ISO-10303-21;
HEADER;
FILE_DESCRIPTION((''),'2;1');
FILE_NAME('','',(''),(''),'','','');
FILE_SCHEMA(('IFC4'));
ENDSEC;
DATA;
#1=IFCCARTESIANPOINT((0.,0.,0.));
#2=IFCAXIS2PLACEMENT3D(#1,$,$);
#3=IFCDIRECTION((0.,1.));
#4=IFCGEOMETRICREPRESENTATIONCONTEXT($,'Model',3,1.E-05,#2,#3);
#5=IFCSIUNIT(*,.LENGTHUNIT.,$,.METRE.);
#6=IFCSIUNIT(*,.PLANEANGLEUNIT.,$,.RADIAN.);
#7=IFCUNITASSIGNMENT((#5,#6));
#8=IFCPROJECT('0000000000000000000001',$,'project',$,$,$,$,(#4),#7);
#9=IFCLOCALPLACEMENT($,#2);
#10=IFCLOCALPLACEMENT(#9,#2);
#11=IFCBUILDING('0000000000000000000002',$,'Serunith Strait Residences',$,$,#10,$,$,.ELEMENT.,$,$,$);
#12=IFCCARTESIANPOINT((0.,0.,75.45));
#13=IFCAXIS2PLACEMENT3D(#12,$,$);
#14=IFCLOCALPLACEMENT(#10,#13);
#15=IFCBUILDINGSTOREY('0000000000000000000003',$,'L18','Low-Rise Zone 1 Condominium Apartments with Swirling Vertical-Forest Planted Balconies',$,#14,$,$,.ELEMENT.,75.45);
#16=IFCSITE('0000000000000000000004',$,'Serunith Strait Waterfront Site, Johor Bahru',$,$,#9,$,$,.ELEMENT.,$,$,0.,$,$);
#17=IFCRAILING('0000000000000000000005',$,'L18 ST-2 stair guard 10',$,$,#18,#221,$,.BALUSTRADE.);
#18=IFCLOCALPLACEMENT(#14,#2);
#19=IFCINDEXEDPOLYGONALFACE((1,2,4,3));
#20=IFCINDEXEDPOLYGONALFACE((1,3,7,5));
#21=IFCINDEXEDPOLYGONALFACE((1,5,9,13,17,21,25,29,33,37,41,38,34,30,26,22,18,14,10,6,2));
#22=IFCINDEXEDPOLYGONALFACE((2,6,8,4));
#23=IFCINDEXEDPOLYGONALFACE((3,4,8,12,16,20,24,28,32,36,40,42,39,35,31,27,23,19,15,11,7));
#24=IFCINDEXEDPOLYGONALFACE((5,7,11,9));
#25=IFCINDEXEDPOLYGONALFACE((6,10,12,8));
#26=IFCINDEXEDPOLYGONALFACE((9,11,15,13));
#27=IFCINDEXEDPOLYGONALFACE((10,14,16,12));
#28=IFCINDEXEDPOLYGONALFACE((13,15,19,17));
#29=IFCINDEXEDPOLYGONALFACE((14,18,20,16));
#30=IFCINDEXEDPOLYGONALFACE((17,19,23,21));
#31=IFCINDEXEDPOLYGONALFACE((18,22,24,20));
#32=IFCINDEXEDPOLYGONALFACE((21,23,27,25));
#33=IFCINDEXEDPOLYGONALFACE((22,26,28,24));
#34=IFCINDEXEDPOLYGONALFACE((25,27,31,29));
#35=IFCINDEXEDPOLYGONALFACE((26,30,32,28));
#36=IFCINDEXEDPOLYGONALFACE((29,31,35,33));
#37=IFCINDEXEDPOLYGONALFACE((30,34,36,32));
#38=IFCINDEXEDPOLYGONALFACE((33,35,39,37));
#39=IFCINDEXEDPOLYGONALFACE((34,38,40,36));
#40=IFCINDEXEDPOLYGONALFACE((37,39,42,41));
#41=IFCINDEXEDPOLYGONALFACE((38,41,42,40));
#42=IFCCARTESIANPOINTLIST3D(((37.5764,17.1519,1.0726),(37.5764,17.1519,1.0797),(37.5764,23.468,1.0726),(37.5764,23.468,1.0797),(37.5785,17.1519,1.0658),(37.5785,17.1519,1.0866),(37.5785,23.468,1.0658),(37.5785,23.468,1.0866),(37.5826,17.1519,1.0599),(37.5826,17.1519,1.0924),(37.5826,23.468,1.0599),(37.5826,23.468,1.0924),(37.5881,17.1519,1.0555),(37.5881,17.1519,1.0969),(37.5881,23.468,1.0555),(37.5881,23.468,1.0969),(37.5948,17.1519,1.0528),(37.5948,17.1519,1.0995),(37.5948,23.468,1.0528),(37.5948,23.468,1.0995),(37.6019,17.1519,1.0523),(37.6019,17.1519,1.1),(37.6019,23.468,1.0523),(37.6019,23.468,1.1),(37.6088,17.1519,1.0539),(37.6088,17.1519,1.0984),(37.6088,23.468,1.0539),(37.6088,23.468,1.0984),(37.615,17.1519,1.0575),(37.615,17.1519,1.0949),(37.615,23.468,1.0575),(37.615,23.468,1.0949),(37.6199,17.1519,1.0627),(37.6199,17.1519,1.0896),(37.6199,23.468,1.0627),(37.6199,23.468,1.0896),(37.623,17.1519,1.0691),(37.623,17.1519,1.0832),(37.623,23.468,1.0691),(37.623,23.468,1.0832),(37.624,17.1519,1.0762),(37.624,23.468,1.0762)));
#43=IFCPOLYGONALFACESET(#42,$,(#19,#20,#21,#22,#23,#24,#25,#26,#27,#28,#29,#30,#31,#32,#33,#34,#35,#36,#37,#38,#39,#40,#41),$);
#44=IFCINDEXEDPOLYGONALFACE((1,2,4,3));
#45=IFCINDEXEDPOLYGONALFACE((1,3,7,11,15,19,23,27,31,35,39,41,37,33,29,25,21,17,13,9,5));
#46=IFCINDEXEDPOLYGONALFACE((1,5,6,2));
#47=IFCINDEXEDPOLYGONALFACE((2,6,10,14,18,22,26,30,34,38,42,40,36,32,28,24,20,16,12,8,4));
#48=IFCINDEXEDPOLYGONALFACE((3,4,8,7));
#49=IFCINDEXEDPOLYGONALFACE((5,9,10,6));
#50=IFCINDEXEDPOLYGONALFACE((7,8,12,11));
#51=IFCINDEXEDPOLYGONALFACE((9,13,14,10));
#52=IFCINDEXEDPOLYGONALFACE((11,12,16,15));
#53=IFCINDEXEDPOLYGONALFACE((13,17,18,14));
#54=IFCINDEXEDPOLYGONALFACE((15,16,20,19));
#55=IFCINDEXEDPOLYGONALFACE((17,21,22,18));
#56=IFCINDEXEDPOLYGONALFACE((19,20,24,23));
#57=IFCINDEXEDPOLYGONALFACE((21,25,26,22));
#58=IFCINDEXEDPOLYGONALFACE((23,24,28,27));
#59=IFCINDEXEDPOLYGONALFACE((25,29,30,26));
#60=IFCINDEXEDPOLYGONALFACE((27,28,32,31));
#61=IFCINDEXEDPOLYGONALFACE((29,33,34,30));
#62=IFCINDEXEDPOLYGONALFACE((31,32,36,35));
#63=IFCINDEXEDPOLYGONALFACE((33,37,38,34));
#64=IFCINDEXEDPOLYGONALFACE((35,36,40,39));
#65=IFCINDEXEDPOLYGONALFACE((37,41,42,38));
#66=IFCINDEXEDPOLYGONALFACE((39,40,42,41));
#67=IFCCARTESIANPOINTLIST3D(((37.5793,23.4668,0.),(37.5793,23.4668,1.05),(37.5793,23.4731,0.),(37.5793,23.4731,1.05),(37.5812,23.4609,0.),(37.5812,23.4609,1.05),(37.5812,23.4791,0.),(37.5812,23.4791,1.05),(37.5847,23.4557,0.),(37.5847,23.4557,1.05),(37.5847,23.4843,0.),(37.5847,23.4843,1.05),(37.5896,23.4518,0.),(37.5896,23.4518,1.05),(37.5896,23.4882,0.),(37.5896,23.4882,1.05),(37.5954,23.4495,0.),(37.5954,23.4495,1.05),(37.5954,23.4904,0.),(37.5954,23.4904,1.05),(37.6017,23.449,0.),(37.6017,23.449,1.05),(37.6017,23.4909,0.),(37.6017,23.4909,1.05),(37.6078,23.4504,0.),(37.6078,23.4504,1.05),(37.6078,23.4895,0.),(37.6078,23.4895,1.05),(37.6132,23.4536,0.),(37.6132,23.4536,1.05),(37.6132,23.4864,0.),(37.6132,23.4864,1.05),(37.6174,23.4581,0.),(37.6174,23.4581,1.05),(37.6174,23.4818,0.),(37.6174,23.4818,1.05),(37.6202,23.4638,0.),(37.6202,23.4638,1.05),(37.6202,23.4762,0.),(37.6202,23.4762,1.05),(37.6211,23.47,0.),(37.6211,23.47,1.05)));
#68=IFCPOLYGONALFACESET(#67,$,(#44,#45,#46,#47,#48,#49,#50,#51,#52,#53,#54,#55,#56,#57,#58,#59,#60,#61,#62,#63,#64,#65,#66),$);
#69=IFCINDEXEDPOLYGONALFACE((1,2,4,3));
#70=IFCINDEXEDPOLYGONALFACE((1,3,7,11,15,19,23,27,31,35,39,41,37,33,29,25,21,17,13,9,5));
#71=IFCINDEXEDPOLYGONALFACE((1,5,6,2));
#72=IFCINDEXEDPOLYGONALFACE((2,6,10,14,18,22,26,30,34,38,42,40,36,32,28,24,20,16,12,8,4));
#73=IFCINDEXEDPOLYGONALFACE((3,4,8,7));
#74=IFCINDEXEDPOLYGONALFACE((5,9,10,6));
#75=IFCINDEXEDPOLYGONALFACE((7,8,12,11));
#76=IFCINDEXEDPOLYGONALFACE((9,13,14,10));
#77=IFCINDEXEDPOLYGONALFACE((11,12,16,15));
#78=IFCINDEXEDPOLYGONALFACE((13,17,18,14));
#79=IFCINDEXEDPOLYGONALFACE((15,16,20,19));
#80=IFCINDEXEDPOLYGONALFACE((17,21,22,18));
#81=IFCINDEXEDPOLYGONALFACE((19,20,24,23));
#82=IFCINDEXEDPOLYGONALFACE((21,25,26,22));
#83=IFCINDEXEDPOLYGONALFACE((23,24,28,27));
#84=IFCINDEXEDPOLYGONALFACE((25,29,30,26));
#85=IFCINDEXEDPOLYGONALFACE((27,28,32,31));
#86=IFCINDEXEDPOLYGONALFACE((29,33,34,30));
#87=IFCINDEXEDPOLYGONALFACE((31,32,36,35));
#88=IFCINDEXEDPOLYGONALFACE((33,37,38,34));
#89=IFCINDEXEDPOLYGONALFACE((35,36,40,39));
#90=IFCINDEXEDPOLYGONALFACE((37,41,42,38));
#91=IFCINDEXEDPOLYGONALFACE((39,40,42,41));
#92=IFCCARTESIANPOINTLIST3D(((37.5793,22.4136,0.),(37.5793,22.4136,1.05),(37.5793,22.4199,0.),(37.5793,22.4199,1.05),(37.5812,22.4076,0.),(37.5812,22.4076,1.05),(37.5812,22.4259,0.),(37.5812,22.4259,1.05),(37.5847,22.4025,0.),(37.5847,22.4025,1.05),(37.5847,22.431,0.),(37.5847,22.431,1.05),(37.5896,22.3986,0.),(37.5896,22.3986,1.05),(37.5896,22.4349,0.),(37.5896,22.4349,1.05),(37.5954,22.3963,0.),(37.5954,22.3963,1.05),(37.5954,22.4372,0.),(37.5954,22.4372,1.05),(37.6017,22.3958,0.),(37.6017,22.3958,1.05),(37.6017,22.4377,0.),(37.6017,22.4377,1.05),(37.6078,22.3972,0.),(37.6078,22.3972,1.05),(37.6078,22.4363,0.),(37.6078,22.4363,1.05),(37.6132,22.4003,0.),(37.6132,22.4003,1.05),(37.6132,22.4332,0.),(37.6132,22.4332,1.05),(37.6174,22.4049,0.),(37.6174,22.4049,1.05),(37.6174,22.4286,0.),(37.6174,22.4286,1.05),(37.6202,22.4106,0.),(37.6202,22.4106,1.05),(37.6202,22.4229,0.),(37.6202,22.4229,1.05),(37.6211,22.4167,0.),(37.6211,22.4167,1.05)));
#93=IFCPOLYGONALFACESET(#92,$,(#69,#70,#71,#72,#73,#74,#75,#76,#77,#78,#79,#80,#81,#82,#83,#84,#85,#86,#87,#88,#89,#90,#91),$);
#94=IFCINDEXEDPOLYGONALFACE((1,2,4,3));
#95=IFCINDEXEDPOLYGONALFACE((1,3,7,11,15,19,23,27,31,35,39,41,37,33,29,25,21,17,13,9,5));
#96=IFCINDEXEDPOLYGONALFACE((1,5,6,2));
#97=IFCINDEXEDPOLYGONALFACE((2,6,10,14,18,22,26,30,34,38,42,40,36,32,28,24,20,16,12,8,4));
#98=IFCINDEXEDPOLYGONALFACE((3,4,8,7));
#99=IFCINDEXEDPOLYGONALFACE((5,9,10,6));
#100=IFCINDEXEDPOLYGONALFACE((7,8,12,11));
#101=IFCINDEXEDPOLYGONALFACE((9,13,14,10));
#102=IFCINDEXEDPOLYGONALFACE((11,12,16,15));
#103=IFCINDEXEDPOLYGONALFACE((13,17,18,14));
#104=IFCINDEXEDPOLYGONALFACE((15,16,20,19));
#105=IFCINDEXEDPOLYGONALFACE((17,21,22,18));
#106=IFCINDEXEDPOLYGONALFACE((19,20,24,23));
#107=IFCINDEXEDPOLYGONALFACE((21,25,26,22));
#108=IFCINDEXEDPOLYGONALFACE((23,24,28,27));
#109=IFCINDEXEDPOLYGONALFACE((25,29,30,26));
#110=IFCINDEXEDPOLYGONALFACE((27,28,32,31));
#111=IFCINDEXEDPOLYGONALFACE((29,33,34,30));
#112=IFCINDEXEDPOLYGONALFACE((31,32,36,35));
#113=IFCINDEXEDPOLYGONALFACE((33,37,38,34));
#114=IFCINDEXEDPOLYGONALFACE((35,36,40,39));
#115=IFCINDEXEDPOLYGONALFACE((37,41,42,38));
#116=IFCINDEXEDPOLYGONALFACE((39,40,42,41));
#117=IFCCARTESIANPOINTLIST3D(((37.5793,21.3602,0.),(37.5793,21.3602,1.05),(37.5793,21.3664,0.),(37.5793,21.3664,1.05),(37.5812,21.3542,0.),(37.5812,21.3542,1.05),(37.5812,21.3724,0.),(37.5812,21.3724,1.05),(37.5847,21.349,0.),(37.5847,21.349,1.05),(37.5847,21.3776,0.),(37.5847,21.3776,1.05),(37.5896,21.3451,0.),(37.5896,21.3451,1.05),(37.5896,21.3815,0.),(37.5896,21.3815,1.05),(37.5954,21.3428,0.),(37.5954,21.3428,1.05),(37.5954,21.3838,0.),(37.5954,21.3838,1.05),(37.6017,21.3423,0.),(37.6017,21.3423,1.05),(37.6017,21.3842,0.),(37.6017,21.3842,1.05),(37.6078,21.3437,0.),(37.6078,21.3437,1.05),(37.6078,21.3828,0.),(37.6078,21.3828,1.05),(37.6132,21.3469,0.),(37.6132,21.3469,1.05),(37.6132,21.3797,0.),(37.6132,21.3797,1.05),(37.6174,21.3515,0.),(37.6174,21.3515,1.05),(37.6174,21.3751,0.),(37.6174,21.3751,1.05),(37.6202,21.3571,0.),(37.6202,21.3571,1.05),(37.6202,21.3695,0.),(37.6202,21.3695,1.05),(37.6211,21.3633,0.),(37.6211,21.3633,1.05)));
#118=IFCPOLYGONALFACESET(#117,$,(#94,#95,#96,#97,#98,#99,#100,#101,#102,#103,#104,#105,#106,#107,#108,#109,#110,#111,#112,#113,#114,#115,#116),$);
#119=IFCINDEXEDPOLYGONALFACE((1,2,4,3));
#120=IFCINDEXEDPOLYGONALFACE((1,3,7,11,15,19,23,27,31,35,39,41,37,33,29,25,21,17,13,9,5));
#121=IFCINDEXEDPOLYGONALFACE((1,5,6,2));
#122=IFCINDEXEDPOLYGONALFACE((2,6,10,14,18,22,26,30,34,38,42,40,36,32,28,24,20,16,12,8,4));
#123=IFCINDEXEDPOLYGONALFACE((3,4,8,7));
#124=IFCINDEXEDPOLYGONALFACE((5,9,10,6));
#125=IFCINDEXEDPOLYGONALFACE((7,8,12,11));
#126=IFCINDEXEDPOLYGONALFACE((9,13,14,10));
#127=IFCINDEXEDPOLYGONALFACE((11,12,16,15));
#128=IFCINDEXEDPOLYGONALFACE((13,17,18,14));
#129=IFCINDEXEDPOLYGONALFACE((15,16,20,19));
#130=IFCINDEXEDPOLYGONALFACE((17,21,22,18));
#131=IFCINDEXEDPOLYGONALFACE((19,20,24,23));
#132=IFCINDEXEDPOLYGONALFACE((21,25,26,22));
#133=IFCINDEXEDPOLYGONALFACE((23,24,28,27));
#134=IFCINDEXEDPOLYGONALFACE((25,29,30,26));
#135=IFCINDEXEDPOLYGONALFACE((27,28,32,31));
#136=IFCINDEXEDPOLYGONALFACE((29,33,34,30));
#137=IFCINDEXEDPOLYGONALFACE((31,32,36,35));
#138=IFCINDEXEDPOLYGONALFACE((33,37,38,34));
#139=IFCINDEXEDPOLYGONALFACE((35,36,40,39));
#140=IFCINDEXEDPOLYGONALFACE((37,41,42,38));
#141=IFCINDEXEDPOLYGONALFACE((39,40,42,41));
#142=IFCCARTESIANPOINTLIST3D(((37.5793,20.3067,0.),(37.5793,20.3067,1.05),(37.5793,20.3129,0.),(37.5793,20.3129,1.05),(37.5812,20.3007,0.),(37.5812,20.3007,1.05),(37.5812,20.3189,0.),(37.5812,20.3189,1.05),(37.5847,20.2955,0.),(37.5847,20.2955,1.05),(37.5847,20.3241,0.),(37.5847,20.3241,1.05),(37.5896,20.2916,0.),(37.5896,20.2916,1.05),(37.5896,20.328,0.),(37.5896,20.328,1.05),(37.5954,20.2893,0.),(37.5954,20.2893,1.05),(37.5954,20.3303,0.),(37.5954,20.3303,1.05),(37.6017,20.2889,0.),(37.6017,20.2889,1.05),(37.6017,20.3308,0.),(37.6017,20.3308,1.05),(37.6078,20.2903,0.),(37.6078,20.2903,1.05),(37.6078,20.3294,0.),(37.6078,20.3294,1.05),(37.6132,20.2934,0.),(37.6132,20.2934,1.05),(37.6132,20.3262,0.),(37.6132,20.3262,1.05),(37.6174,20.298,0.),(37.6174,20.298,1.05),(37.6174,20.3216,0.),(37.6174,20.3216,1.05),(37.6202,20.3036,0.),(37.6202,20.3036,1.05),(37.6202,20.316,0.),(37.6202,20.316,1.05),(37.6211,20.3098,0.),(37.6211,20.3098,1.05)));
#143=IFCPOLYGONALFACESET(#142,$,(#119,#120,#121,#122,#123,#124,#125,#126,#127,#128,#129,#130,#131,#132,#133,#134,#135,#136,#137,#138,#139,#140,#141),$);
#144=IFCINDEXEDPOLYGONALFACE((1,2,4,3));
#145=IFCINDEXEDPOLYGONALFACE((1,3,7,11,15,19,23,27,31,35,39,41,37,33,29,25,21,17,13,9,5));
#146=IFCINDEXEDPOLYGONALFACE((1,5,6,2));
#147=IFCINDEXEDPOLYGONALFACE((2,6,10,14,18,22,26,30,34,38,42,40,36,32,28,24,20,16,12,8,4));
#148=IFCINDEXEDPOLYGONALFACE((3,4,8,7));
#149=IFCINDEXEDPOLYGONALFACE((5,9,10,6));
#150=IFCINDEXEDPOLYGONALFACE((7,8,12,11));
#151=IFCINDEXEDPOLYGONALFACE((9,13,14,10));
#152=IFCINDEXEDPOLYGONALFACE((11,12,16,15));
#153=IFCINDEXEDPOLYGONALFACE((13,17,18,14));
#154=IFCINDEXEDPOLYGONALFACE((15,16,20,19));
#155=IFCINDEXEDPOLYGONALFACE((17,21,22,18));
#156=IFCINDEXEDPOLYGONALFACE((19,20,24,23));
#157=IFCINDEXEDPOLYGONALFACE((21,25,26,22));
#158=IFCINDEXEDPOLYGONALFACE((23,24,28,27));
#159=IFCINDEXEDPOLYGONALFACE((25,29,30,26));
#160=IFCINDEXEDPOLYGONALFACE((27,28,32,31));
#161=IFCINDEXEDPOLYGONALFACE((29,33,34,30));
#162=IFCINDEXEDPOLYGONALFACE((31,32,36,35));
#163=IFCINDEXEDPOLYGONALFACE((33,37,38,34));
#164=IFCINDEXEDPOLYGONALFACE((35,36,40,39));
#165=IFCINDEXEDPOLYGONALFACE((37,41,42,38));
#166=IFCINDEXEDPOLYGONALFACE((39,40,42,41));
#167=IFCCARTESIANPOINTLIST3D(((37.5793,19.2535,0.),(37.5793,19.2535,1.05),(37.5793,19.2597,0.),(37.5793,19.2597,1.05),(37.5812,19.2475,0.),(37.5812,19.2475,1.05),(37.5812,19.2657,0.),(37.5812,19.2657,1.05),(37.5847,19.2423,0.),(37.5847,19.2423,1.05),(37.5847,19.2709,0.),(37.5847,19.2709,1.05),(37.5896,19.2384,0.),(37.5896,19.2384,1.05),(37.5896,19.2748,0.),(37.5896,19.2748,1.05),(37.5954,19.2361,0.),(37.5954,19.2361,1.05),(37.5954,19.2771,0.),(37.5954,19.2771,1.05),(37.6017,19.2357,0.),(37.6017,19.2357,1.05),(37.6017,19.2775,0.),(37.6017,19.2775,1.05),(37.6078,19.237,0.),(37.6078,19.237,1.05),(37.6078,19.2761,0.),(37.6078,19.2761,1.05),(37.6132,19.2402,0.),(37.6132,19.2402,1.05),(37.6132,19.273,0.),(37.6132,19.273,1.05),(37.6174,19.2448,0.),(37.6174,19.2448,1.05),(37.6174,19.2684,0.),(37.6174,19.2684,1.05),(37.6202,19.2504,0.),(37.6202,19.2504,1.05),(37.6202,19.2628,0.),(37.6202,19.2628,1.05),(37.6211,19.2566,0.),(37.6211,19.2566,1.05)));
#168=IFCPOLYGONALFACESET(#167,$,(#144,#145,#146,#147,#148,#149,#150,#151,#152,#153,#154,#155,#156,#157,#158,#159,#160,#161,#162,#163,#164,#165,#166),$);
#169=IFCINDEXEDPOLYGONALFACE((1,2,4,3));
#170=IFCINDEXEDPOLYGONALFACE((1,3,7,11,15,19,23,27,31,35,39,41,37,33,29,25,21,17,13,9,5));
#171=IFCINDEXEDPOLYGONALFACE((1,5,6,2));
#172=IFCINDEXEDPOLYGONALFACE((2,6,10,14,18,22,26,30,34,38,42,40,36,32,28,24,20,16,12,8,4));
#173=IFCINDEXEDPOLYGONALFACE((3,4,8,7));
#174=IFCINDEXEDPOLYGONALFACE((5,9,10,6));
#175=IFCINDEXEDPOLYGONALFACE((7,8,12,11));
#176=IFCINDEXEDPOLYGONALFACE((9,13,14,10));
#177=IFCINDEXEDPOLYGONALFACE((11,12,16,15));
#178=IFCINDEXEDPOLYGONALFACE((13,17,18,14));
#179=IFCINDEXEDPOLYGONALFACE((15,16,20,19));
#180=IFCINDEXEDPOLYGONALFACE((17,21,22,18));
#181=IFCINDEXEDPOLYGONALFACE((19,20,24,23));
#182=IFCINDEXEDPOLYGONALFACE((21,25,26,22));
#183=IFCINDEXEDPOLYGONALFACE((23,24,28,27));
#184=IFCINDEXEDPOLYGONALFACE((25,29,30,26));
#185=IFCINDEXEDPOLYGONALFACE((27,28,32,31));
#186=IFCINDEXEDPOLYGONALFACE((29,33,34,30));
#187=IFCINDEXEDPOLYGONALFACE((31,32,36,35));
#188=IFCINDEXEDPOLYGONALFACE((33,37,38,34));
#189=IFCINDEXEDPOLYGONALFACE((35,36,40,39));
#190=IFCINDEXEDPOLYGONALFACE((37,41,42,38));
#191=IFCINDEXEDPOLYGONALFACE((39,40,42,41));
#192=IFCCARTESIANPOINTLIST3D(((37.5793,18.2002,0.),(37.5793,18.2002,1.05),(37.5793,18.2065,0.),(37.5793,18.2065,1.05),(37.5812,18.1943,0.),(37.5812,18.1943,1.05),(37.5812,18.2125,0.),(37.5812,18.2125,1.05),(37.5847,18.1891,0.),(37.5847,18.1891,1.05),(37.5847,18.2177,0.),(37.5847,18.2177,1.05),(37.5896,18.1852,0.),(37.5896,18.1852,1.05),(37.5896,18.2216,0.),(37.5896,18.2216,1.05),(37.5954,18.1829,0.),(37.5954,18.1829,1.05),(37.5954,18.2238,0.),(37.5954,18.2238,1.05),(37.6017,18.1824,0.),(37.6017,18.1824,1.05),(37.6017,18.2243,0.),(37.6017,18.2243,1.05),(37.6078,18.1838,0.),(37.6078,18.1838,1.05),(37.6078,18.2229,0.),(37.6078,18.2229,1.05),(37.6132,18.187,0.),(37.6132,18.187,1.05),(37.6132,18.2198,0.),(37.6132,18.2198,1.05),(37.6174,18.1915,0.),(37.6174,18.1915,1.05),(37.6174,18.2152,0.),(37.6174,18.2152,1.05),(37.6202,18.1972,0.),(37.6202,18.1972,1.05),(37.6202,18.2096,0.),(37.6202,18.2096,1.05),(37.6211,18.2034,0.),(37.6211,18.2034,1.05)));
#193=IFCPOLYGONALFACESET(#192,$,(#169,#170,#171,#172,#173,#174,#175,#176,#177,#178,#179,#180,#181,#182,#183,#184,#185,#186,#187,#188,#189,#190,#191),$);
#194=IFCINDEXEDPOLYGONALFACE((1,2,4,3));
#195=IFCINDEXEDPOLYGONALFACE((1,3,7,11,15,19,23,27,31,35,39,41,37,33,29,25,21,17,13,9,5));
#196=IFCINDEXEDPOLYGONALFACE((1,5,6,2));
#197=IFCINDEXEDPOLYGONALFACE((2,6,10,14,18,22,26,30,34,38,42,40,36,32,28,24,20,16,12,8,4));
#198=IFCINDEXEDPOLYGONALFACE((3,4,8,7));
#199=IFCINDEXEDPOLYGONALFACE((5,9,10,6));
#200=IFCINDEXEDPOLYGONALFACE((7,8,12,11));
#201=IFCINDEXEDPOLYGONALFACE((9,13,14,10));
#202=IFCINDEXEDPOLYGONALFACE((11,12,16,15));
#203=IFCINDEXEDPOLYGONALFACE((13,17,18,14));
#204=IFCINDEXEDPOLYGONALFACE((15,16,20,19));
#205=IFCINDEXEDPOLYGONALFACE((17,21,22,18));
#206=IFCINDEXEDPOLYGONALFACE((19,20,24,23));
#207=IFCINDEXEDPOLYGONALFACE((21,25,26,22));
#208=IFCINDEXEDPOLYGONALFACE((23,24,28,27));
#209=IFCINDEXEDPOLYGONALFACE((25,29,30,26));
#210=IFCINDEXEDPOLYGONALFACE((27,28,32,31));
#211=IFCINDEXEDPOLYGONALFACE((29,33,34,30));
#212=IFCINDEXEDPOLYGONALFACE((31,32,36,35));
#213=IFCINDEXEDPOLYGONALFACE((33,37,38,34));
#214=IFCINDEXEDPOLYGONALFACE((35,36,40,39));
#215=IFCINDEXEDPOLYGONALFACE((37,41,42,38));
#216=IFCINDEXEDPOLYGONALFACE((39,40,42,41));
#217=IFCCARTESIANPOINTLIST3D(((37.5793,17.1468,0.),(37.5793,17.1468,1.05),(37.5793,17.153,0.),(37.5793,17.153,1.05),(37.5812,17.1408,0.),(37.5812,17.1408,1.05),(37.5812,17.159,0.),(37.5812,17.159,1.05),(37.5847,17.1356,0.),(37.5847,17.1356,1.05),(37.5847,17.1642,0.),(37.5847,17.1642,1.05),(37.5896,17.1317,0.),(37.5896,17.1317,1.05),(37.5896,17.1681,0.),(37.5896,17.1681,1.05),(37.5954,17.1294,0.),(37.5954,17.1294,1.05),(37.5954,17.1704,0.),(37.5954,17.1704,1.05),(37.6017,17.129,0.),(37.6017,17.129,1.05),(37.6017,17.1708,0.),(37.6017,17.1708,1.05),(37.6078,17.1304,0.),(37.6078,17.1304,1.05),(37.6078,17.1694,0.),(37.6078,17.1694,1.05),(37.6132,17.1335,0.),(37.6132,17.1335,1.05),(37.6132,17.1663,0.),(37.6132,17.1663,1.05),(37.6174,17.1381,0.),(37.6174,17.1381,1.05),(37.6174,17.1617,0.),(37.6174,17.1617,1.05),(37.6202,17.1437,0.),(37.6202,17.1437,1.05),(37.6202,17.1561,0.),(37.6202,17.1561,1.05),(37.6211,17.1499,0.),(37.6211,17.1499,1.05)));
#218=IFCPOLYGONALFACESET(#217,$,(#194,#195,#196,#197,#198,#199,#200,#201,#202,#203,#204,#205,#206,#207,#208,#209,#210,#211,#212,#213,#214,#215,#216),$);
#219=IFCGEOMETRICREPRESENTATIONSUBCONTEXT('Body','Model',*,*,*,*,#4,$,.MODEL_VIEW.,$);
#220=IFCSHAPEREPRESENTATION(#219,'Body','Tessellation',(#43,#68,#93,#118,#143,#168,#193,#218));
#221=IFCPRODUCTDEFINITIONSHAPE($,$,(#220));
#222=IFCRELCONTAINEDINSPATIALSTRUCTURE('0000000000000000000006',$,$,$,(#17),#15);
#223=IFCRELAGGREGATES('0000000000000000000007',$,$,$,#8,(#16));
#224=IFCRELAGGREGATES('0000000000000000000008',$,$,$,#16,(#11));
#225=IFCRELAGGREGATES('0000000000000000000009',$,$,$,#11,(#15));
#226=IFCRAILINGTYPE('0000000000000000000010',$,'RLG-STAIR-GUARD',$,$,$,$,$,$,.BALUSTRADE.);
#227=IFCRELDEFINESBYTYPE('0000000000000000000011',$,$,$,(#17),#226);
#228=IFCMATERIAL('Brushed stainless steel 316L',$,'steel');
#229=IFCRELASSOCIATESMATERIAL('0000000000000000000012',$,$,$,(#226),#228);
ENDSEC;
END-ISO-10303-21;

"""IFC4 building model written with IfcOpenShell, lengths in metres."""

from ifc_helpers import new_model, si_unit, direction, frame, origin, origin_2d, place, context, subcontext, project, spatial, circle, extrude, material, type_object, element, save


model = new_model("IFC4")

# Units and contexts
model_context = context("Model", 3, precision=1e-05, world=origin(), true_north=direction((0.0, 1.0)))
body_context = subcontext(model_context, "Body", "Model", "MODEL_VIEW")
ifc_project = project(units=[si_unit("LENGTHUNIT", "METRE"), si_unit("PLANEANGLEUNIT", "RADIAN")], contexts=[model_context])

# Site, building, storey
site_placement = place(None, origin())
site = spatial("IfcSite", under=ifc_project, at=site_placement, Name="Serunith Strait Waterfront Site, Johor Bahru", CompositionType="ELEMENT", RefElevation=0.0)
building_placement = place(site_placement, origin())
building = spatial("IfcBuilding", under=site, at=building_placement, Name="Serunith Strait Residences", CompositionType="ELEMENT")
storey_placement = place(building_placement, frame((0.0, 0.0, 75.45)))
storey = spatial("IfcBuildingStorey", under=building, at=storey_placement, Name="L18", Description="Low-Rise Zone 1 Condominium Apartments with Swirling Vertical-Forest Planted Balconies", CompositionType="ELEMENT", Elevation=75.45)

# Railing
ifc_material_1 = material(Name="Brushed stainless steel 316L", Category="steel")
railing_type_1 = type_object("IfcRailingType", Name="RLG-STAIR-GUARD", PredefinedType="BALUSTRADE", material=ifc_material_1)
railing_1_placement = place(storey_placement, frame((37.6001, 23.47, 0.0)))
element("IfcRailing", 1, at=railing_1_placement, inside=storey, type_object=railing_type_1, Name="L18 ST-2 stair guard 10", PredefinedType="BALUSTRADE", context=body_context, shape_type="SweptSolid", body=[
    extrude(circle(Radius=0.0239, at=origin_2d()), frame((0.0, -0.002, 1.0762), z_axis=(0.0, -1.0, 0.0), x_axis=(1.0, 0.0, 0.0)), (0.0, 0.0, 1.0), 6.3162),
    extrude(circle(Radius=0.021, at=origin_2d()), origin(), (0.0, 0.0, 1.0), 1.05),
    extrude(circle(Radius=0.021, at=origin_2d()), frame((0.0, -1.0532, 0.0)), (0.0, 0.0, 1.0), 1.05),
    extrude(circle(Radius=0.021, at=origin_2d()), frame((0.0, -2.1067, 0.0)), (0.0, 0.0, 1.0), 1.05),
    extrude(circle(Radius=0.021, at=origin_2d()), frame((0.0, -3.1602, 0.0)), (0.0, 0.0, 1.0), 1.05),
    extrude(circle(Radius=0.021, at=origin_2d()), frame((0.0, -4.2134, 0.0)), (0.0, 0.0, 1.0), 1.05),
    extrude(circle(Radius=0.021, at=origin_2d()), frame((0.0, -5.2666, 0.0)), (0.0, 0.0, 1.0), 1.05),
    extrude(circle(Radius=0.021, at=origin_2d()), frame((0.0, -6.3201, 0.0)), (0.0, 0.0, 1.0), 1.05),
])

save(model, "model.ifc")
